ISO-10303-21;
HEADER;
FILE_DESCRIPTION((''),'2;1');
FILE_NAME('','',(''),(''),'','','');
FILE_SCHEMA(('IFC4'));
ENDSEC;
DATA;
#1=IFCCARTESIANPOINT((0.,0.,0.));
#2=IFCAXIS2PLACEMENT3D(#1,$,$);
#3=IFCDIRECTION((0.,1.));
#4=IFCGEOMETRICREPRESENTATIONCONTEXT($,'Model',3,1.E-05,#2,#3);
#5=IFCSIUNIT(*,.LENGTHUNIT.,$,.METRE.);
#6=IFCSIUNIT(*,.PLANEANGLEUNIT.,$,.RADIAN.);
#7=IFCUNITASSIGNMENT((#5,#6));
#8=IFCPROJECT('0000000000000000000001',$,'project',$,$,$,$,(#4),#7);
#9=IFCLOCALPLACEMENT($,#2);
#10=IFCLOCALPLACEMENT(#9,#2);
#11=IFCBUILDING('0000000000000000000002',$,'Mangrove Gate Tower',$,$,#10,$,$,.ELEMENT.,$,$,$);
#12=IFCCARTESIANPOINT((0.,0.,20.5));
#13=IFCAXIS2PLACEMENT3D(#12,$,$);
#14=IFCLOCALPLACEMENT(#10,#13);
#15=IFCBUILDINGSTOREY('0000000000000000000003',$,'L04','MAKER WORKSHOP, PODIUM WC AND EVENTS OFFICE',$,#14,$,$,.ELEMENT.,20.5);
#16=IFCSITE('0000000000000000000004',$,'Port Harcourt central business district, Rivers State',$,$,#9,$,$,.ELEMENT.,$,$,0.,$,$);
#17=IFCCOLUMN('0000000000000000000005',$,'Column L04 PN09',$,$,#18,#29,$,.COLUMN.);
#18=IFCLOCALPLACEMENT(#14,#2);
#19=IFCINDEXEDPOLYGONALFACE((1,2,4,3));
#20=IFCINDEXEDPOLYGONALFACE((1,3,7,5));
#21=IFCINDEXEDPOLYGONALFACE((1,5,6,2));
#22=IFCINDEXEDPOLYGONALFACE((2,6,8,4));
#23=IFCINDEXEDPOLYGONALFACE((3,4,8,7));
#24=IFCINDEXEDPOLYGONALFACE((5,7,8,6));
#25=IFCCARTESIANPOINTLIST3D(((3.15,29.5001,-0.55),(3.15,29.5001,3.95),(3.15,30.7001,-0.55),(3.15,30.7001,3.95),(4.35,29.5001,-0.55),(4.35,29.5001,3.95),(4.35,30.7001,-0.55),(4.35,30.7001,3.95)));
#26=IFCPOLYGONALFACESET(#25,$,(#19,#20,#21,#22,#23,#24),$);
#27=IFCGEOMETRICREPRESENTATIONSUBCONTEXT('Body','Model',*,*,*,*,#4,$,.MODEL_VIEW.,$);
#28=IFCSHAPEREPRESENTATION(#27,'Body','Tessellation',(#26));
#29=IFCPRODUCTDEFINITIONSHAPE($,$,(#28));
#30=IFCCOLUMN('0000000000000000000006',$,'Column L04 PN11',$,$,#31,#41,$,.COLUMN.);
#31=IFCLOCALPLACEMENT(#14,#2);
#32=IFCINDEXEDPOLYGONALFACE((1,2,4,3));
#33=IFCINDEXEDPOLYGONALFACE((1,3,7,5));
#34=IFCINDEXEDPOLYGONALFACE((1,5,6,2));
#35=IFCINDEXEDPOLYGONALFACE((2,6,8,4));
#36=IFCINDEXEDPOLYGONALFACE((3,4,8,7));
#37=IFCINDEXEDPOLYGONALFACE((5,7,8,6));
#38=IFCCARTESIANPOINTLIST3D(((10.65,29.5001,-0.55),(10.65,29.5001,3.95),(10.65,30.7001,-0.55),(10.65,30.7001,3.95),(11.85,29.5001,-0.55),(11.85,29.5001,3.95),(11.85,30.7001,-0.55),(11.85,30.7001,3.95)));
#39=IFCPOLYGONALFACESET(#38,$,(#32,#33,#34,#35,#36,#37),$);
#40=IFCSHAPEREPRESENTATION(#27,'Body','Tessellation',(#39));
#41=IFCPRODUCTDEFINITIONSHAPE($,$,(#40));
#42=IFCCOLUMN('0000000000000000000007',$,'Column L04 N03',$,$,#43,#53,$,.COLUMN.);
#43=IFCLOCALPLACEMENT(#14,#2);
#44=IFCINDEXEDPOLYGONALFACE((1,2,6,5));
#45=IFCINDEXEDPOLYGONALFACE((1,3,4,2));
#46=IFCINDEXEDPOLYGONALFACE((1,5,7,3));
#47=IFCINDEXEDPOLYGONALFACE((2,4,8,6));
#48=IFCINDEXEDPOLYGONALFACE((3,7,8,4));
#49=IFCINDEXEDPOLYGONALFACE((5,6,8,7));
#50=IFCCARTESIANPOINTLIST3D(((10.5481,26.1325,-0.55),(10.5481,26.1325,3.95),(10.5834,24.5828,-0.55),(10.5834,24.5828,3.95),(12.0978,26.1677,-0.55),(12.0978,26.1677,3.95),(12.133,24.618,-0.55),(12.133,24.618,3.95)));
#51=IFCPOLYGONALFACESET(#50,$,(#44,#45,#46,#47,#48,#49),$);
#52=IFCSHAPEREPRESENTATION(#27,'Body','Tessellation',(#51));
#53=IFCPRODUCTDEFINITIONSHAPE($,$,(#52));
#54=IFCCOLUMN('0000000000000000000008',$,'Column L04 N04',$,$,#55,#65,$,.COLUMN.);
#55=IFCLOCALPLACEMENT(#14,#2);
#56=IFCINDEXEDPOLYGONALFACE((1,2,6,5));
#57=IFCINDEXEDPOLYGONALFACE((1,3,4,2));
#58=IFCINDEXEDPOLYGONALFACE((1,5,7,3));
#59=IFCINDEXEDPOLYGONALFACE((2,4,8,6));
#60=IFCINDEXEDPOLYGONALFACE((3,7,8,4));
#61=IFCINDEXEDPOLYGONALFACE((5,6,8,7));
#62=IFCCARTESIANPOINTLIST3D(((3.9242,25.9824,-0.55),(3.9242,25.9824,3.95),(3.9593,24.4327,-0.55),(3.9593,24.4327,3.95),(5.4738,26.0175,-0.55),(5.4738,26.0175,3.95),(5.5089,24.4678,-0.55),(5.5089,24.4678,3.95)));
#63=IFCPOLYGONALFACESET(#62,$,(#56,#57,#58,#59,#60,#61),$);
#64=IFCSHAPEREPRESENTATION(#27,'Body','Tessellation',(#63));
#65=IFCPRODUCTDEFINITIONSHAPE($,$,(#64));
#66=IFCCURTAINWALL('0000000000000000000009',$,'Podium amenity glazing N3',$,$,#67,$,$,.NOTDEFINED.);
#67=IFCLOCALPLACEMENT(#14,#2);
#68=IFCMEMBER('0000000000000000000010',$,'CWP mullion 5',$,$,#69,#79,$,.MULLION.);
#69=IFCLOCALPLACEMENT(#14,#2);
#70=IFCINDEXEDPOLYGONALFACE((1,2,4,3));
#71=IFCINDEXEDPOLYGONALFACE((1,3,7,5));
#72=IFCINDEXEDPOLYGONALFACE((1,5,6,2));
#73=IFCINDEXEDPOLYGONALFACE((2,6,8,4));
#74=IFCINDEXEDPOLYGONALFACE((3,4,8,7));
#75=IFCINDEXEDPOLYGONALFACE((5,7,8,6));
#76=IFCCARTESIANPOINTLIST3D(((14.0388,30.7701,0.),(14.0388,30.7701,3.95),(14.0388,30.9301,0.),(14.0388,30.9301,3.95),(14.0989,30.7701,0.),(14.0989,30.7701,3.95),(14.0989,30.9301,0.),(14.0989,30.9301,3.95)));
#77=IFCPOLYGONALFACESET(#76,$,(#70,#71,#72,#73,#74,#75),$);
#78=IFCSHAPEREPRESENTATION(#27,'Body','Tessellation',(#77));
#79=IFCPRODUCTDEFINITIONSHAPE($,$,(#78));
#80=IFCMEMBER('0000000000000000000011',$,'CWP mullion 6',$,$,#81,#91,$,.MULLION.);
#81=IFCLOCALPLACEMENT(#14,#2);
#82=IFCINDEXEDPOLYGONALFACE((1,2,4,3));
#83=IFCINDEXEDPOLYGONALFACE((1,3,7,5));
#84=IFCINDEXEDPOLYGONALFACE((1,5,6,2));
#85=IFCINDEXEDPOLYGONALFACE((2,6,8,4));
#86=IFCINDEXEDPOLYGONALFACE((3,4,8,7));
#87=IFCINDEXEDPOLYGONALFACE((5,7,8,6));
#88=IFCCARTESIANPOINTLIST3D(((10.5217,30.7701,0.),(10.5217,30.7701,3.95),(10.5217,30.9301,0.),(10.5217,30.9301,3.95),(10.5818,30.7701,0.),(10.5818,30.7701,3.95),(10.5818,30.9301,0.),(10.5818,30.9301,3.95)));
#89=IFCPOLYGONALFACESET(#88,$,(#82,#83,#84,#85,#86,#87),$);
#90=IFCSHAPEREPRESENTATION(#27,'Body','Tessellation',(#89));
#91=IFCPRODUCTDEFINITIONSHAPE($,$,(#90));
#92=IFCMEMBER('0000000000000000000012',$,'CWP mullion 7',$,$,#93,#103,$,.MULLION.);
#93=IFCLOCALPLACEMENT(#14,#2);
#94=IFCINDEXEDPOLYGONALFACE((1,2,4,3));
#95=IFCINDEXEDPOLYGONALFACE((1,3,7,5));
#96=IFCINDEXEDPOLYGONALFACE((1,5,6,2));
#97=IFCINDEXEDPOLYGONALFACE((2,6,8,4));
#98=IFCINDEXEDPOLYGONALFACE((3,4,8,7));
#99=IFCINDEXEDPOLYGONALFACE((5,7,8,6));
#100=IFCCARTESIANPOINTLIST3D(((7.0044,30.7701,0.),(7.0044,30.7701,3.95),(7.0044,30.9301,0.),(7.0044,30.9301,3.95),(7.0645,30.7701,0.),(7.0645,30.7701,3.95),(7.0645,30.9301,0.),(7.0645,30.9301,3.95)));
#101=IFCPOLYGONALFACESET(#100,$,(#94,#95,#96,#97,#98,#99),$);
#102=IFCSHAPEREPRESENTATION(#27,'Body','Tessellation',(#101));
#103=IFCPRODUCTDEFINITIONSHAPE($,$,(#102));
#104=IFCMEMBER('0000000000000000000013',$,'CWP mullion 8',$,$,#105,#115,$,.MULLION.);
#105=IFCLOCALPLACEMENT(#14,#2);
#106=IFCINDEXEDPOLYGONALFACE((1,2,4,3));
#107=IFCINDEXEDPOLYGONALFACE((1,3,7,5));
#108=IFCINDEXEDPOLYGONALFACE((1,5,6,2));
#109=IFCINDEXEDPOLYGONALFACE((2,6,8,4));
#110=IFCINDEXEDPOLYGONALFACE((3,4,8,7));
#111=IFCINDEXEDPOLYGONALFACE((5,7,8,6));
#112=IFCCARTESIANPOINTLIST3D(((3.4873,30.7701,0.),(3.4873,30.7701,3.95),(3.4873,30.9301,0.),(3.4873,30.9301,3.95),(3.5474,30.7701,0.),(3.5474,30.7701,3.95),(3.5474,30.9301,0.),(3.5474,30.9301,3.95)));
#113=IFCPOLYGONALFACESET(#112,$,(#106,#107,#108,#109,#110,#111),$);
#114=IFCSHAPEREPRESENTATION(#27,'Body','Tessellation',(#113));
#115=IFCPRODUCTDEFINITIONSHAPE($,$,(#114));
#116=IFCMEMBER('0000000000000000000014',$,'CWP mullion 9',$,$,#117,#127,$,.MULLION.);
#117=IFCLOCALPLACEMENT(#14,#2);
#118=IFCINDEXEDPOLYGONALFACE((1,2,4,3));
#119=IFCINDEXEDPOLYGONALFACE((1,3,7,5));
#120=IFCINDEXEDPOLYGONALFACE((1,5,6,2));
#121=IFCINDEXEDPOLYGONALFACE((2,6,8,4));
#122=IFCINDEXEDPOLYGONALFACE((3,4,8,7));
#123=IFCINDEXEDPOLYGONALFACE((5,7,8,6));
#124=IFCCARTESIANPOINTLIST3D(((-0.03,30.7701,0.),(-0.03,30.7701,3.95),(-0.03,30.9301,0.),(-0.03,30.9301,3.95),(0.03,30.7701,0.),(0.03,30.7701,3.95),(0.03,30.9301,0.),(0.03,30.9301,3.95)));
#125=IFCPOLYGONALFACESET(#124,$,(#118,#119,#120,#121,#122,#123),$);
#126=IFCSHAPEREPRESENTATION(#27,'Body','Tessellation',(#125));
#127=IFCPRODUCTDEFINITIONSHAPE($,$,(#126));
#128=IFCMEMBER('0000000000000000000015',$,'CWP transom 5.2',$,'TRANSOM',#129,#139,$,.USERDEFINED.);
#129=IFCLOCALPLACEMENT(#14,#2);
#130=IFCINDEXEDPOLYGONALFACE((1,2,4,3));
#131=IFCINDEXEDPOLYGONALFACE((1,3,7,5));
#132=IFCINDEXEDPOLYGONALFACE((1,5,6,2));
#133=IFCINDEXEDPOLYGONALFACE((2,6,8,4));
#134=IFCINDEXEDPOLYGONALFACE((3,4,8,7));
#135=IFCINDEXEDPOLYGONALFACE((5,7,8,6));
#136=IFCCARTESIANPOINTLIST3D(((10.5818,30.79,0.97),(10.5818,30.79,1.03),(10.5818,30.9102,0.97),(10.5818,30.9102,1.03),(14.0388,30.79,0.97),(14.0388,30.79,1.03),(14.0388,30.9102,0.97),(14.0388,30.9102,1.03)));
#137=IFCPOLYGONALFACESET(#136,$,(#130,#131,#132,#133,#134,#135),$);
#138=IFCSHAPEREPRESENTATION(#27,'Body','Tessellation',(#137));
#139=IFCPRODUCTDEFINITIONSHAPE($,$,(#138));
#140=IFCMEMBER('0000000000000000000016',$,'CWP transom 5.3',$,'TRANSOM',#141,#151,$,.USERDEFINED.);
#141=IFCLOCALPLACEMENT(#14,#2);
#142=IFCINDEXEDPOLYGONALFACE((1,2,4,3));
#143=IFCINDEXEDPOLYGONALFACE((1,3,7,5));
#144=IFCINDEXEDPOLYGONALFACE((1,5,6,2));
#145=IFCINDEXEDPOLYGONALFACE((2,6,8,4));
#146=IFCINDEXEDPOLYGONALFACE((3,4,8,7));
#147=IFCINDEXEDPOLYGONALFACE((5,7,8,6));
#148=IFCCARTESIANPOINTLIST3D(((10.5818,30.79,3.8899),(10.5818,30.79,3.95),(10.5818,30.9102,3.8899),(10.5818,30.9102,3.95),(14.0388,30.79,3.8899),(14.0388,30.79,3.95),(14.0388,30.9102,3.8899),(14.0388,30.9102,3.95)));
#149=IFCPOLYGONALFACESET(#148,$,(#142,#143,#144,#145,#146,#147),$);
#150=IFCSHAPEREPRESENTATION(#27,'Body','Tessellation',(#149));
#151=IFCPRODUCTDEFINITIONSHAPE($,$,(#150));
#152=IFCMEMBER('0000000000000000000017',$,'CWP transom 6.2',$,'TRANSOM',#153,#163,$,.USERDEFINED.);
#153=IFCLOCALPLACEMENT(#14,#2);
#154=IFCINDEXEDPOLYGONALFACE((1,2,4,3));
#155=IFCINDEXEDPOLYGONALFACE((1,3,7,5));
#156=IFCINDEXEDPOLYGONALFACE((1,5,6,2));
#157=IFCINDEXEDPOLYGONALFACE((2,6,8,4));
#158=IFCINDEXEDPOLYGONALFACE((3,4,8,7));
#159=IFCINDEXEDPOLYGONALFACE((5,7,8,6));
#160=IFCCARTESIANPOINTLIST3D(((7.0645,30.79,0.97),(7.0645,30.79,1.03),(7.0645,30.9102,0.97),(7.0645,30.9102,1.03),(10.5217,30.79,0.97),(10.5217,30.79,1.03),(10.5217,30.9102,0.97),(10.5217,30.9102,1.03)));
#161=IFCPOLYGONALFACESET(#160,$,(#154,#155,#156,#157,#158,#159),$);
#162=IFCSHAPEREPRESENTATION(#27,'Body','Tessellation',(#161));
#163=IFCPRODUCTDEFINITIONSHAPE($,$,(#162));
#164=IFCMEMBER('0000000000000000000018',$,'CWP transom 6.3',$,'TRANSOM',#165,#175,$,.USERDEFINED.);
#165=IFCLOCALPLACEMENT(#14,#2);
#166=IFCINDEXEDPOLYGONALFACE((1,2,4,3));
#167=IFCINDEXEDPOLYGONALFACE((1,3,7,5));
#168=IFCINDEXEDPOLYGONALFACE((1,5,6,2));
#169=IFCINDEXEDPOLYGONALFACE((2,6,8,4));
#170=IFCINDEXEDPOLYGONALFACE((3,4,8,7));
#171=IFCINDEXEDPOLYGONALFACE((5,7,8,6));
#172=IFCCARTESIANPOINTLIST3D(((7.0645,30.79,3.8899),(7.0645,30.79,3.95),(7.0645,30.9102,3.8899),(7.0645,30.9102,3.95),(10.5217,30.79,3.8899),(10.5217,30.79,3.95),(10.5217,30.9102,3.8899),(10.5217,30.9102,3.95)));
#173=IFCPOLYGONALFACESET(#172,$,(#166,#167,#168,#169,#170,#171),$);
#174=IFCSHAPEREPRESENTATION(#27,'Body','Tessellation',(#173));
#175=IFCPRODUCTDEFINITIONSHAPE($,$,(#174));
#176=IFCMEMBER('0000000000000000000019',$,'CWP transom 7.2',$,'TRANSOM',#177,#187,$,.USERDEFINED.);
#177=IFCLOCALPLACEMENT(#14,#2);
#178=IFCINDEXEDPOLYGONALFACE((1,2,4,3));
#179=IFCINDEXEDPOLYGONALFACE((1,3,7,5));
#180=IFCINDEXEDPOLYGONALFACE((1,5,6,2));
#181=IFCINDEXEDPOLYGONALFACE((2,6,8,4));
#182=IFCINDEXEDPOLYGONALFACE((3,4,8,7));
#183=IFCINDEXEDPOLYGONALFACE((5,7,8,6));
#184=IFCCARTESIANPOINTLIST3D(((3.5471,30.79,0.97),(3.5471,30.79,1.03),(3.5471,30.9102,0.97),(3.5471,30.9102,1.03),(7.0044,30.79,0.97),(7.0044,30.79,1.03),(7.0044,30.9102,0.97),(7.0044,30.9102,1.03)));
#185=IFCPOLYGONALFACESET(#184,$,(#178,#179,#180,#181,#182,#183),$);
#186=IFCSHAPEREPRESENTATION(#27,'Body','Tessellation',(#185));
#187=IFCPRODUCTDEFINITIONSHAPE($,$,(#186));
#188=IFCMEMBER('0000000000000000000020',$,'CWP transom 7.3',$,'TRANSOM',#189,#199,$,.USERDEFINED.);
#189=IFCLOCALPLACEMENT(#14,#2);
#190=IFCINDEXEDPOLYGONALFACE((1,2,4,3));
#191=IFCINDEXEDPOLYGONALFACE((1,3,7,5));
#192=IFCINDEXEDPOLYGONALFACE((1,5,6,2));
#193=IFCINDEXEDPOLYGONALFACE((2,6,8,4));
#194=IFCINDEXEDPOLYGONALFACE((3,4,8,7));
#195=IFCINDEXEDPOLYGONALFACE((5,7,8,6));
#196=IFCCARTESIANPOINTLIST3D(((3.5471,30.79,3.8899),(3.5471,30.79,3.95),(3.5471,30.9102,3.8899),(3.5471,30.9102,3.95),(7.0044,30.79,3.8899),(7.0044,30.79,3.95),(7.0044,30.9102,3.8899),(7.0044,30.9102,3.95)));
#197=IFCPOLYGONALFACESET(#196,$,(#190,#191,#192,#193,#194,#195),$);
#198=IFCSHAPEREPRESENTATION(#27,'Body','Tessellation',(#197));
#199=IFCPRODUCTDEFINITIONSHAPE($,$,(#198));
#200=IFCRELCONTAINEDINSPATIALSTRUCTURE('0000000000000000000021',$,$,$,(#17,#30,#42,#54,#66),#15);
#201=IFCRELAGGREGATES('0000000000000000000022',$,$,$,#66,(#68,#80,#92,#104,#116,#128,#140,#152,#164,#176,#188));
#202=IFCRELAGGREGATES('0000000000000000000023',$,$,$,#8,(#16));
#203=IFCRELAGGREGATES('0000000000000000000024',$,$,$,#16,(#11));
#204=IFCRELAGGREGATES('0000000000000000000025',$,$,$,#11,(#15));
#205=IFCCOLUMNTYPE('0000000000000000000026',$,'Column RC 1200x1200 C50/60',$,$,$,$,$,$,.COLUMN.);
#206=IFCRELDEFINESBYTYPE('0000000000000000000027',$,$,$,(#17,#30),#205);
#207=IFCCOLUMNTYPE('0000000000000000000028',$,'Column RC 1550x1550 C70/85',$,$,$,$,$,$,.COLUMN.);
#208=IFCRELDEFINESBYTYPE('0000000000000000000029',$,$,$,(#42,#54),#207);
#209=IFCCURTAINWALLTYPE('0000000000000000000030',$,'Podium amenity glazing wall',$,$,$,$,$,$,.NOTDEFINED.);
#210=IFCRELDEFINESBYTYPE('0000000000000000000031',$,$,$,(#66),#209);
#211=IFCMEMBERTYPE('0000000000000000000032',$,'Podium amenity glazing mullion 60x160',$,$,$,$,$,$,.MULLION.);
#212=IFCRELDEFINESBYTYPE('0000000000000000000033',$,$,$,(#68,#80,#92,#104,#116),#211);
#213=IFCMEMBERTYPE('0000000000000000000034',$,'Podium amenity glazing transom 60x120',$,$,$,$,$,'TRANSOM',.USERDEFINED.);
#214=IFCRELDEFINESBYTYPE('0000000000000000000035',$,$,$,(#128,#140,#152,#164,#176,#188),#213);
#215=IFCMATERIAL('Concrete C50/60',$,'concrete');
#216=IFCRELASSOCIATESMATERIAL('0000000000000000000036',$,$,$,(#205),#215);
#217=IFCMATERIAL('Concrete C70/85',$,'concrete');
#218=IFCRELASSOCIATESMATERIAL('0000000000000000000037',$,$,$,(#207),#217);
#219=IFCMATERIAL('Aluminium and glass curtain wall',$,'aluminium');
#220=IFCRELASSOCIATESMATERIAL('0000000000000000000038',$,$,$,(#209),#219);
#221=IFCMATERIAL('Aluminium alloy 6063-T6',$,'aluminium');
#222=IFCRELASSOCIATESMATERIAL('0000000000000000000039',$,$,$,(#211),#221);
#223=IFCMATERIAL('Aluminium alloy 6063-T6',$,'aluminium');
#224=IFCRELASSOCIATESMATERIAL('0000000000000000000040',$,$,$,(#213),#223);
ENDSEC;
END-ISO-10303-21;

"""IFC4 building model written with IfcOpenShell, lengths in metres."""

from ifc_helpers import new_model, si_unit, direction, frame, origin, origin_2d, place, context, subcontext, project, spatial, rectangle, extrude, material, material_profile, profile_set, type_object, element, aggregate, save


model = new_model("IFC4")

# Units and contexts
model_context = context("Model", 3, precision=1e-05, world=origin(), true_north=direction((0.0, 1.0)))
body_context = subcontext(model_context, "Body", "Model", "MODEL_VIEW")
ifc_project = project(units=[si_unit("LENGTHUNIT", "METRE"), si_unit("PLANEANGLEUNIT", "RADIAN")], contexts=[model_context])

# Site, building, storey
site_placement = place(None, origin())
site = spatial("IfcSite", under=ifc_project, at=site_placement, Name="Port Harcourt central business district, Rivers State", CompositionType="ELEMENT", RefElevation=0.0)
building_placement = place(site_placement, origin())
building = spatial("IfcBuilding", under=site, at=building_placement, Name="Mangrove Gate Tower", CompositionType="ELEMENT")
storey_placement = place(building_placement, frame((0.0, 0.0, 20.5)))
storey = spatial("IfcBuildingStorey", under=building, at=storey_placement, Name="L04", Description="MAKER WORKSHOP, PODIUM WC AND EVENTS OFFICE", CompositionType="ELEMENT", Elevation=20.5)

# Columns
ifc_material_1 = material(Name="Concrete C50/60", Category="concrete")
ifc_material_profile_1 = material_profile(ifc_material_1, rectangle(XDim=1.2, YDim=1.2, at=origin_2d()))
ifc_profile_set_1 = profile_set([ifc_material_profile_1], Name="Concrete C50/60")
column_type_1 = type_object("IfcColumnType", Name="Column RC 1200x1200 C50/60", PredefinedType="COLUMN", material=ifc_profile_set_1)
for number, where, z_axis, x_axis, name in (
    (1, (3.75, 30.1001, -0.55), (0.0, 0.0, 1.0), (1.0, 0.0, 0.0), "Column L04 PN09"),
    (2, (11.25, 30.1001, -0.55), (0.0, 0.0, 1.0), (1.0, 0.0, 0.0), "Column L04 PN11"),
):
    element("IfcColumn", number, at=place(storey_placement, frame(where, z_axis=z_axis, x_axis=x_axis)), inside=storey, type_object=column_type_1, Name=name, PredefinedType="COLUMN", context=body_context, shape_type="SweptSolid", body=[
        extrude(rectangle(XDim=1.2, YDim=1.2, at=origin_2d()), origin(), (0.0, 0.0, 1.0), 4.5),
    ])
ifc_material_2 = material(Name="Concrete C70/85", Category="concrete")
ifc_material_profile_2 = material_profile(ifc_material_2, rectangle(XDim=1.55, YDim=1.55, at=origin_2d()))
ifc_profile_set_2 = profile_set([ifc_material_profile_2], Name="Concrete C70/85")
column_type_2 = type_object("IfcColumnType", Name="Column RC 1550x1550 C70/85", PredefinedType="COLUMN", material=ifc_profile_set_2)
for number, where, z_axis, x_axis, name in (
    (3, (11.3406, 25.3752, -0.55), (0.0, 0.0, 1.0), (-0.999742, -0.022716, 0.0), "Column L04 N03"),
    (4, (4.7166, 25.2251, -0.55), (0.0, 0.0, 1.0), (-0.999744, -0.022641, 0.0), "Column L04 N04"),
):
    element("IfcColumn", number, at=place(storey_placement, frame(where, z_axis=z_axis, x_axis=x_axis)), inside=storey, type_object=column_type_2, Name=name, PredefinedType="COLUMN", context=body_context, shape_type="SweptSolid", body=[
        extrude(rectangle(XDim=1.55, YDim=1.55, at=origin_2d()), origin(), (0.0, 0.0, 1.0), 4.5),
    ])

# Curtain wall, members
ifc_material_3 = material(Name="Aluminium and glass curtain wall", Category="aluminium")
curtain_wall_type = type_object("IfcCurtainWallType", Name="Podium amenity glazing wall", PredefinedType="NOTDEFINED", material=ifc_material_3)
curtain_wall_placement = place(storey_placement, origin())
curtain_wall = element("IfcCurtainWall", 5, at=curtain_wall_placement, inside=storey, type_object=curtain_wall_type, Name="Podium amenity glazing N3", PredefinedType="NOTDEFINED")
ifc_material_4 = material(Name="Aluminium alloy 6063-T6", Category="aluminium")
ifc_material_profile_3 = material_profile(ifc_material_4, rectangle(XDim=0.0601, YDim=0.1599, at=origin_2d()))
ifc_profile_set_3 = profile_set([ifc_material_profile_3], Name="Aluminium alloy 6063-T6")
member_type_1 = type_object("IfcMemberType", Name="Podium amenity glazing mullion 60x160", PredefinedType="MULLION", material=ifc_profile_set_3)
member_1_placement = place(storey_placement, frame((14.0688, 30.8501, 0.0), z_axis=(0.0, 0.0, 1.0), x_axis=(-1.0, 0.0, 0.0)))
member_1 = element("IfcMember", 6, at=member_1_placement, type_object=member_type_1, Name="CWP mullion 5", PredefinedType="MULLION", context=body_context, shape_type="SweptSolid", body=[
    extrude(rectangle(XDim=0.0601, YDim=0.1599, at=origin_2d()), origin(), (0.0, 0.0, 1.0), 3.95),
])
member_2_placement = place(storey_placement, frame((10.5518, 30.8501, 0.0), z_axis=(0.0, 0.0, 1.0), x_axis=(-1.0, 0.0, 0.0)))
member_2 = element("IfcMember", 7, at=member_2_placement, type_object=member_type_1, Name="CWP mullion 6", PredefinedType="MULLION", context=body_context, shape_type="SweptSolid", body=[
    extrude(rectangle(XDim=0.0601, YDim=0.1599, at=origin_2d()), origin(), (0.0, 0.0, 1.0), 3.95),
])
member_3_placement = place(storey_placement, frame((7.0344, 30.8501, 0.0), z_axis=(0.0, 0.0, 1.0), x_axis=(-1.0, 0.0, 0.0)))
member_3 = element("IfcMember", 8, at=member_3_placement, type_object=member_type_1, Name="CWP mullion 7", PredefinedType="MULLION", context=body_context, shape_type="SweptSolid", body=[
    extrude(rectangle(XDim=0.0601, YDim=0.1599, at=origin_2d()), origin(), (0.0, 0.0, 1.0), 3.95),
])
member_4_placement = place(storey_placement, frame((3.5173, 30.8501, 0.0), z_axis=(0.0, 0.0, 1.0), x_axis=(-1.0, 0.0, 0.0)))
member_4 = element("IfcMember", 9, at=member_4_placement, type_object=member_type_1, Name="CWP mullion 8", PredefinedType="MULLION", context=body_context, shape_type="SweptSolid", body=[
    extrude(rectangle(XDim=0.0601, YDim=0.1599, at=origin_2d()), origin(), (0.0, 0.0, 1.0), 3.95),
])
member_5_placement = place(storey_placement, frame((0.0, 30.8501, 0.0), z_axis=(0.0, 0.0, 1.0), x_axis=(-1.0, 0.0, 0.0)))
member_5 = element("IfcMember", 10, at=member_5_placement, type_object=member_type_1, Name="CWP mullion 9", PredefinedType="MULLION", context=body_context, shape_type="SweptSolid", body=[
    extrude(rectangle(XDim=0.0601, YDim=0.1599, at=origin_2d()), origin(), (0.0, 0.0, 1.0), 3.95),
])
ifc_material_5 = material(Name="Aluminium alloy 6063-T6", Category="aluminium")
ifc_material_profile_4 = material_profile(ifc_material_5, rectangle(XDim=0.0601, YDim=0.1201, at=origin_2d()))
ifc_profile_set_4 = profile_set([ifc_material_profile_4], Name="Aluminium alloy 6063-T6")
member_type_2 = type_object("IfcMemberType", Name="Podium amenity glazing transom 60x120", ElementType="TRANSOM", PredefinedType="USERDEFINED", material=ifc_profile_set_4)
member_6_placement = place(storey_placement, frame((14.0388, 30.8501, 1.0), z_axis=(-1.0, 0.0, 0.0), x_axis=(0.0, 0.0, 1.0)))
member_6 = element("IfcMember", 11, at=member_6_placement, type_object=member_type_2, Name="CWP transom 5.2", ObjectType="TRANSOM", PredefinedType="USERDEFINED", context=body_context, shape_type="SweptSolid", body=[
    extrude(rectangle(XDim=0.0601, YDim=0.1201, at=origin_2d()), origin(), (0.0, 0.0, 1.0), 3.457),
])
member_7_placement = place(storey_placement, frame((14.0388, 30.8501, 3.9199), z_axis=(-1.0, 0.0, 0.0), x_axis=(0.0, 0.0, 1.0)))
member_7 = element("IfcMember", 12, at=member_7_placement, type_object=member_type_2, Name="CWP transom 5.3", ObjectType="TRANSOM", PredefinedType="USERDEFINED", context=body_context, shape_type="SweptSolid", body=[
    extrude(rectangle(XDim=0.0601, YDim=0.1201, at=origin_2d()), origin(), (0.0, 0.0, 1.0), 3.457),
])
member_8_placement = place(storey_placement, frame((10.5217, 30.8501, 1.0), z_axis=(-1.0, 0.0, 0.0), x_axis=(0.0, 0.0, 1.0)))
member_8 = element("IfcMember", 13, at=member_8_placement, type_object=member_type_2, Name="CWP transom 6.2", ObjectType="TRANSOM", PredefinedType="USERDEFINED", context=body_context, shape_type="SweptSolid", body=[
    extrude(rectangle(XDim=0.0601, YDim=0.1201, at=origin_2d()), origin(), (0.0, 0.0, 1.0), 3.4573),
])
member_9_placement = place(storey_placement, frame((10.5217, 30.8501, 3.9199), z_axis=(-1.0, 0.0, 0.0), x_axis=(0.0, 0.0, 1.0)))
member_9 = element("IfcMember", 14, at=member_9_placement, type_object=member_type_2, Name="CWP transom 6.3", ObjectType="TRANSOM", PredefinedType="USERDEFINED", context=body_context, shape_type="SweptSolid", body=[
    extrude(rectangle(XDim=0.0601, YDim=0.1201, at=origin_2d()), origin(), (0.0, 0.0, 1.0), 3.4573),
])
member_10_placement = place(storey_placement, frame((7.0044, 30.8501, 1.0), z_axis=(-1.0, 0.0, 0.0), x_axis=(0.0, 0.0, 1.0)))
member_10 = element("IfcMember", 15, at=member_10_placement, type_object=member_type_2, Name="CWP transom 7.2", ObjectType="TRANSOM", PredefinedType="USERDEFINED", context=body_context, shape_type="SweptSolid", body=[
    extrude(rectangle(XDim=0.0601, YDim=0.1201, at=origin_2d()), origin(), (0.0, 0.0, 1.0), 3.4573),
])
member_11_placement = place(storey_placement, frame((7.0044, 30.8501, 3.9199), z_axis=(-1.0, 0.0, 0.0), x_axis=(0.0, 0.0, 1.0)))
member_11 = element("IfcMember", 16, at=member_11_placement, type_object=member_type_2, Name="CWP transom 7.3", ObjectType="TRANSOM", PredefinedType="USERDEFINED", context=body_context, shape_type="SweptSolid", body=[
    extrude(rectangle(XDim=0.0601, YDim=0.1201, at=origin_2d()), origin(), (0.0, 0.0, 1.0), 3.4573),
])
aggregate(curtain_wall, [member_1, member_2, member_3, member_4, member_5, member_6, member_7, member_8, member_9, member_10, member_11])

save(model, "model.ifc")
